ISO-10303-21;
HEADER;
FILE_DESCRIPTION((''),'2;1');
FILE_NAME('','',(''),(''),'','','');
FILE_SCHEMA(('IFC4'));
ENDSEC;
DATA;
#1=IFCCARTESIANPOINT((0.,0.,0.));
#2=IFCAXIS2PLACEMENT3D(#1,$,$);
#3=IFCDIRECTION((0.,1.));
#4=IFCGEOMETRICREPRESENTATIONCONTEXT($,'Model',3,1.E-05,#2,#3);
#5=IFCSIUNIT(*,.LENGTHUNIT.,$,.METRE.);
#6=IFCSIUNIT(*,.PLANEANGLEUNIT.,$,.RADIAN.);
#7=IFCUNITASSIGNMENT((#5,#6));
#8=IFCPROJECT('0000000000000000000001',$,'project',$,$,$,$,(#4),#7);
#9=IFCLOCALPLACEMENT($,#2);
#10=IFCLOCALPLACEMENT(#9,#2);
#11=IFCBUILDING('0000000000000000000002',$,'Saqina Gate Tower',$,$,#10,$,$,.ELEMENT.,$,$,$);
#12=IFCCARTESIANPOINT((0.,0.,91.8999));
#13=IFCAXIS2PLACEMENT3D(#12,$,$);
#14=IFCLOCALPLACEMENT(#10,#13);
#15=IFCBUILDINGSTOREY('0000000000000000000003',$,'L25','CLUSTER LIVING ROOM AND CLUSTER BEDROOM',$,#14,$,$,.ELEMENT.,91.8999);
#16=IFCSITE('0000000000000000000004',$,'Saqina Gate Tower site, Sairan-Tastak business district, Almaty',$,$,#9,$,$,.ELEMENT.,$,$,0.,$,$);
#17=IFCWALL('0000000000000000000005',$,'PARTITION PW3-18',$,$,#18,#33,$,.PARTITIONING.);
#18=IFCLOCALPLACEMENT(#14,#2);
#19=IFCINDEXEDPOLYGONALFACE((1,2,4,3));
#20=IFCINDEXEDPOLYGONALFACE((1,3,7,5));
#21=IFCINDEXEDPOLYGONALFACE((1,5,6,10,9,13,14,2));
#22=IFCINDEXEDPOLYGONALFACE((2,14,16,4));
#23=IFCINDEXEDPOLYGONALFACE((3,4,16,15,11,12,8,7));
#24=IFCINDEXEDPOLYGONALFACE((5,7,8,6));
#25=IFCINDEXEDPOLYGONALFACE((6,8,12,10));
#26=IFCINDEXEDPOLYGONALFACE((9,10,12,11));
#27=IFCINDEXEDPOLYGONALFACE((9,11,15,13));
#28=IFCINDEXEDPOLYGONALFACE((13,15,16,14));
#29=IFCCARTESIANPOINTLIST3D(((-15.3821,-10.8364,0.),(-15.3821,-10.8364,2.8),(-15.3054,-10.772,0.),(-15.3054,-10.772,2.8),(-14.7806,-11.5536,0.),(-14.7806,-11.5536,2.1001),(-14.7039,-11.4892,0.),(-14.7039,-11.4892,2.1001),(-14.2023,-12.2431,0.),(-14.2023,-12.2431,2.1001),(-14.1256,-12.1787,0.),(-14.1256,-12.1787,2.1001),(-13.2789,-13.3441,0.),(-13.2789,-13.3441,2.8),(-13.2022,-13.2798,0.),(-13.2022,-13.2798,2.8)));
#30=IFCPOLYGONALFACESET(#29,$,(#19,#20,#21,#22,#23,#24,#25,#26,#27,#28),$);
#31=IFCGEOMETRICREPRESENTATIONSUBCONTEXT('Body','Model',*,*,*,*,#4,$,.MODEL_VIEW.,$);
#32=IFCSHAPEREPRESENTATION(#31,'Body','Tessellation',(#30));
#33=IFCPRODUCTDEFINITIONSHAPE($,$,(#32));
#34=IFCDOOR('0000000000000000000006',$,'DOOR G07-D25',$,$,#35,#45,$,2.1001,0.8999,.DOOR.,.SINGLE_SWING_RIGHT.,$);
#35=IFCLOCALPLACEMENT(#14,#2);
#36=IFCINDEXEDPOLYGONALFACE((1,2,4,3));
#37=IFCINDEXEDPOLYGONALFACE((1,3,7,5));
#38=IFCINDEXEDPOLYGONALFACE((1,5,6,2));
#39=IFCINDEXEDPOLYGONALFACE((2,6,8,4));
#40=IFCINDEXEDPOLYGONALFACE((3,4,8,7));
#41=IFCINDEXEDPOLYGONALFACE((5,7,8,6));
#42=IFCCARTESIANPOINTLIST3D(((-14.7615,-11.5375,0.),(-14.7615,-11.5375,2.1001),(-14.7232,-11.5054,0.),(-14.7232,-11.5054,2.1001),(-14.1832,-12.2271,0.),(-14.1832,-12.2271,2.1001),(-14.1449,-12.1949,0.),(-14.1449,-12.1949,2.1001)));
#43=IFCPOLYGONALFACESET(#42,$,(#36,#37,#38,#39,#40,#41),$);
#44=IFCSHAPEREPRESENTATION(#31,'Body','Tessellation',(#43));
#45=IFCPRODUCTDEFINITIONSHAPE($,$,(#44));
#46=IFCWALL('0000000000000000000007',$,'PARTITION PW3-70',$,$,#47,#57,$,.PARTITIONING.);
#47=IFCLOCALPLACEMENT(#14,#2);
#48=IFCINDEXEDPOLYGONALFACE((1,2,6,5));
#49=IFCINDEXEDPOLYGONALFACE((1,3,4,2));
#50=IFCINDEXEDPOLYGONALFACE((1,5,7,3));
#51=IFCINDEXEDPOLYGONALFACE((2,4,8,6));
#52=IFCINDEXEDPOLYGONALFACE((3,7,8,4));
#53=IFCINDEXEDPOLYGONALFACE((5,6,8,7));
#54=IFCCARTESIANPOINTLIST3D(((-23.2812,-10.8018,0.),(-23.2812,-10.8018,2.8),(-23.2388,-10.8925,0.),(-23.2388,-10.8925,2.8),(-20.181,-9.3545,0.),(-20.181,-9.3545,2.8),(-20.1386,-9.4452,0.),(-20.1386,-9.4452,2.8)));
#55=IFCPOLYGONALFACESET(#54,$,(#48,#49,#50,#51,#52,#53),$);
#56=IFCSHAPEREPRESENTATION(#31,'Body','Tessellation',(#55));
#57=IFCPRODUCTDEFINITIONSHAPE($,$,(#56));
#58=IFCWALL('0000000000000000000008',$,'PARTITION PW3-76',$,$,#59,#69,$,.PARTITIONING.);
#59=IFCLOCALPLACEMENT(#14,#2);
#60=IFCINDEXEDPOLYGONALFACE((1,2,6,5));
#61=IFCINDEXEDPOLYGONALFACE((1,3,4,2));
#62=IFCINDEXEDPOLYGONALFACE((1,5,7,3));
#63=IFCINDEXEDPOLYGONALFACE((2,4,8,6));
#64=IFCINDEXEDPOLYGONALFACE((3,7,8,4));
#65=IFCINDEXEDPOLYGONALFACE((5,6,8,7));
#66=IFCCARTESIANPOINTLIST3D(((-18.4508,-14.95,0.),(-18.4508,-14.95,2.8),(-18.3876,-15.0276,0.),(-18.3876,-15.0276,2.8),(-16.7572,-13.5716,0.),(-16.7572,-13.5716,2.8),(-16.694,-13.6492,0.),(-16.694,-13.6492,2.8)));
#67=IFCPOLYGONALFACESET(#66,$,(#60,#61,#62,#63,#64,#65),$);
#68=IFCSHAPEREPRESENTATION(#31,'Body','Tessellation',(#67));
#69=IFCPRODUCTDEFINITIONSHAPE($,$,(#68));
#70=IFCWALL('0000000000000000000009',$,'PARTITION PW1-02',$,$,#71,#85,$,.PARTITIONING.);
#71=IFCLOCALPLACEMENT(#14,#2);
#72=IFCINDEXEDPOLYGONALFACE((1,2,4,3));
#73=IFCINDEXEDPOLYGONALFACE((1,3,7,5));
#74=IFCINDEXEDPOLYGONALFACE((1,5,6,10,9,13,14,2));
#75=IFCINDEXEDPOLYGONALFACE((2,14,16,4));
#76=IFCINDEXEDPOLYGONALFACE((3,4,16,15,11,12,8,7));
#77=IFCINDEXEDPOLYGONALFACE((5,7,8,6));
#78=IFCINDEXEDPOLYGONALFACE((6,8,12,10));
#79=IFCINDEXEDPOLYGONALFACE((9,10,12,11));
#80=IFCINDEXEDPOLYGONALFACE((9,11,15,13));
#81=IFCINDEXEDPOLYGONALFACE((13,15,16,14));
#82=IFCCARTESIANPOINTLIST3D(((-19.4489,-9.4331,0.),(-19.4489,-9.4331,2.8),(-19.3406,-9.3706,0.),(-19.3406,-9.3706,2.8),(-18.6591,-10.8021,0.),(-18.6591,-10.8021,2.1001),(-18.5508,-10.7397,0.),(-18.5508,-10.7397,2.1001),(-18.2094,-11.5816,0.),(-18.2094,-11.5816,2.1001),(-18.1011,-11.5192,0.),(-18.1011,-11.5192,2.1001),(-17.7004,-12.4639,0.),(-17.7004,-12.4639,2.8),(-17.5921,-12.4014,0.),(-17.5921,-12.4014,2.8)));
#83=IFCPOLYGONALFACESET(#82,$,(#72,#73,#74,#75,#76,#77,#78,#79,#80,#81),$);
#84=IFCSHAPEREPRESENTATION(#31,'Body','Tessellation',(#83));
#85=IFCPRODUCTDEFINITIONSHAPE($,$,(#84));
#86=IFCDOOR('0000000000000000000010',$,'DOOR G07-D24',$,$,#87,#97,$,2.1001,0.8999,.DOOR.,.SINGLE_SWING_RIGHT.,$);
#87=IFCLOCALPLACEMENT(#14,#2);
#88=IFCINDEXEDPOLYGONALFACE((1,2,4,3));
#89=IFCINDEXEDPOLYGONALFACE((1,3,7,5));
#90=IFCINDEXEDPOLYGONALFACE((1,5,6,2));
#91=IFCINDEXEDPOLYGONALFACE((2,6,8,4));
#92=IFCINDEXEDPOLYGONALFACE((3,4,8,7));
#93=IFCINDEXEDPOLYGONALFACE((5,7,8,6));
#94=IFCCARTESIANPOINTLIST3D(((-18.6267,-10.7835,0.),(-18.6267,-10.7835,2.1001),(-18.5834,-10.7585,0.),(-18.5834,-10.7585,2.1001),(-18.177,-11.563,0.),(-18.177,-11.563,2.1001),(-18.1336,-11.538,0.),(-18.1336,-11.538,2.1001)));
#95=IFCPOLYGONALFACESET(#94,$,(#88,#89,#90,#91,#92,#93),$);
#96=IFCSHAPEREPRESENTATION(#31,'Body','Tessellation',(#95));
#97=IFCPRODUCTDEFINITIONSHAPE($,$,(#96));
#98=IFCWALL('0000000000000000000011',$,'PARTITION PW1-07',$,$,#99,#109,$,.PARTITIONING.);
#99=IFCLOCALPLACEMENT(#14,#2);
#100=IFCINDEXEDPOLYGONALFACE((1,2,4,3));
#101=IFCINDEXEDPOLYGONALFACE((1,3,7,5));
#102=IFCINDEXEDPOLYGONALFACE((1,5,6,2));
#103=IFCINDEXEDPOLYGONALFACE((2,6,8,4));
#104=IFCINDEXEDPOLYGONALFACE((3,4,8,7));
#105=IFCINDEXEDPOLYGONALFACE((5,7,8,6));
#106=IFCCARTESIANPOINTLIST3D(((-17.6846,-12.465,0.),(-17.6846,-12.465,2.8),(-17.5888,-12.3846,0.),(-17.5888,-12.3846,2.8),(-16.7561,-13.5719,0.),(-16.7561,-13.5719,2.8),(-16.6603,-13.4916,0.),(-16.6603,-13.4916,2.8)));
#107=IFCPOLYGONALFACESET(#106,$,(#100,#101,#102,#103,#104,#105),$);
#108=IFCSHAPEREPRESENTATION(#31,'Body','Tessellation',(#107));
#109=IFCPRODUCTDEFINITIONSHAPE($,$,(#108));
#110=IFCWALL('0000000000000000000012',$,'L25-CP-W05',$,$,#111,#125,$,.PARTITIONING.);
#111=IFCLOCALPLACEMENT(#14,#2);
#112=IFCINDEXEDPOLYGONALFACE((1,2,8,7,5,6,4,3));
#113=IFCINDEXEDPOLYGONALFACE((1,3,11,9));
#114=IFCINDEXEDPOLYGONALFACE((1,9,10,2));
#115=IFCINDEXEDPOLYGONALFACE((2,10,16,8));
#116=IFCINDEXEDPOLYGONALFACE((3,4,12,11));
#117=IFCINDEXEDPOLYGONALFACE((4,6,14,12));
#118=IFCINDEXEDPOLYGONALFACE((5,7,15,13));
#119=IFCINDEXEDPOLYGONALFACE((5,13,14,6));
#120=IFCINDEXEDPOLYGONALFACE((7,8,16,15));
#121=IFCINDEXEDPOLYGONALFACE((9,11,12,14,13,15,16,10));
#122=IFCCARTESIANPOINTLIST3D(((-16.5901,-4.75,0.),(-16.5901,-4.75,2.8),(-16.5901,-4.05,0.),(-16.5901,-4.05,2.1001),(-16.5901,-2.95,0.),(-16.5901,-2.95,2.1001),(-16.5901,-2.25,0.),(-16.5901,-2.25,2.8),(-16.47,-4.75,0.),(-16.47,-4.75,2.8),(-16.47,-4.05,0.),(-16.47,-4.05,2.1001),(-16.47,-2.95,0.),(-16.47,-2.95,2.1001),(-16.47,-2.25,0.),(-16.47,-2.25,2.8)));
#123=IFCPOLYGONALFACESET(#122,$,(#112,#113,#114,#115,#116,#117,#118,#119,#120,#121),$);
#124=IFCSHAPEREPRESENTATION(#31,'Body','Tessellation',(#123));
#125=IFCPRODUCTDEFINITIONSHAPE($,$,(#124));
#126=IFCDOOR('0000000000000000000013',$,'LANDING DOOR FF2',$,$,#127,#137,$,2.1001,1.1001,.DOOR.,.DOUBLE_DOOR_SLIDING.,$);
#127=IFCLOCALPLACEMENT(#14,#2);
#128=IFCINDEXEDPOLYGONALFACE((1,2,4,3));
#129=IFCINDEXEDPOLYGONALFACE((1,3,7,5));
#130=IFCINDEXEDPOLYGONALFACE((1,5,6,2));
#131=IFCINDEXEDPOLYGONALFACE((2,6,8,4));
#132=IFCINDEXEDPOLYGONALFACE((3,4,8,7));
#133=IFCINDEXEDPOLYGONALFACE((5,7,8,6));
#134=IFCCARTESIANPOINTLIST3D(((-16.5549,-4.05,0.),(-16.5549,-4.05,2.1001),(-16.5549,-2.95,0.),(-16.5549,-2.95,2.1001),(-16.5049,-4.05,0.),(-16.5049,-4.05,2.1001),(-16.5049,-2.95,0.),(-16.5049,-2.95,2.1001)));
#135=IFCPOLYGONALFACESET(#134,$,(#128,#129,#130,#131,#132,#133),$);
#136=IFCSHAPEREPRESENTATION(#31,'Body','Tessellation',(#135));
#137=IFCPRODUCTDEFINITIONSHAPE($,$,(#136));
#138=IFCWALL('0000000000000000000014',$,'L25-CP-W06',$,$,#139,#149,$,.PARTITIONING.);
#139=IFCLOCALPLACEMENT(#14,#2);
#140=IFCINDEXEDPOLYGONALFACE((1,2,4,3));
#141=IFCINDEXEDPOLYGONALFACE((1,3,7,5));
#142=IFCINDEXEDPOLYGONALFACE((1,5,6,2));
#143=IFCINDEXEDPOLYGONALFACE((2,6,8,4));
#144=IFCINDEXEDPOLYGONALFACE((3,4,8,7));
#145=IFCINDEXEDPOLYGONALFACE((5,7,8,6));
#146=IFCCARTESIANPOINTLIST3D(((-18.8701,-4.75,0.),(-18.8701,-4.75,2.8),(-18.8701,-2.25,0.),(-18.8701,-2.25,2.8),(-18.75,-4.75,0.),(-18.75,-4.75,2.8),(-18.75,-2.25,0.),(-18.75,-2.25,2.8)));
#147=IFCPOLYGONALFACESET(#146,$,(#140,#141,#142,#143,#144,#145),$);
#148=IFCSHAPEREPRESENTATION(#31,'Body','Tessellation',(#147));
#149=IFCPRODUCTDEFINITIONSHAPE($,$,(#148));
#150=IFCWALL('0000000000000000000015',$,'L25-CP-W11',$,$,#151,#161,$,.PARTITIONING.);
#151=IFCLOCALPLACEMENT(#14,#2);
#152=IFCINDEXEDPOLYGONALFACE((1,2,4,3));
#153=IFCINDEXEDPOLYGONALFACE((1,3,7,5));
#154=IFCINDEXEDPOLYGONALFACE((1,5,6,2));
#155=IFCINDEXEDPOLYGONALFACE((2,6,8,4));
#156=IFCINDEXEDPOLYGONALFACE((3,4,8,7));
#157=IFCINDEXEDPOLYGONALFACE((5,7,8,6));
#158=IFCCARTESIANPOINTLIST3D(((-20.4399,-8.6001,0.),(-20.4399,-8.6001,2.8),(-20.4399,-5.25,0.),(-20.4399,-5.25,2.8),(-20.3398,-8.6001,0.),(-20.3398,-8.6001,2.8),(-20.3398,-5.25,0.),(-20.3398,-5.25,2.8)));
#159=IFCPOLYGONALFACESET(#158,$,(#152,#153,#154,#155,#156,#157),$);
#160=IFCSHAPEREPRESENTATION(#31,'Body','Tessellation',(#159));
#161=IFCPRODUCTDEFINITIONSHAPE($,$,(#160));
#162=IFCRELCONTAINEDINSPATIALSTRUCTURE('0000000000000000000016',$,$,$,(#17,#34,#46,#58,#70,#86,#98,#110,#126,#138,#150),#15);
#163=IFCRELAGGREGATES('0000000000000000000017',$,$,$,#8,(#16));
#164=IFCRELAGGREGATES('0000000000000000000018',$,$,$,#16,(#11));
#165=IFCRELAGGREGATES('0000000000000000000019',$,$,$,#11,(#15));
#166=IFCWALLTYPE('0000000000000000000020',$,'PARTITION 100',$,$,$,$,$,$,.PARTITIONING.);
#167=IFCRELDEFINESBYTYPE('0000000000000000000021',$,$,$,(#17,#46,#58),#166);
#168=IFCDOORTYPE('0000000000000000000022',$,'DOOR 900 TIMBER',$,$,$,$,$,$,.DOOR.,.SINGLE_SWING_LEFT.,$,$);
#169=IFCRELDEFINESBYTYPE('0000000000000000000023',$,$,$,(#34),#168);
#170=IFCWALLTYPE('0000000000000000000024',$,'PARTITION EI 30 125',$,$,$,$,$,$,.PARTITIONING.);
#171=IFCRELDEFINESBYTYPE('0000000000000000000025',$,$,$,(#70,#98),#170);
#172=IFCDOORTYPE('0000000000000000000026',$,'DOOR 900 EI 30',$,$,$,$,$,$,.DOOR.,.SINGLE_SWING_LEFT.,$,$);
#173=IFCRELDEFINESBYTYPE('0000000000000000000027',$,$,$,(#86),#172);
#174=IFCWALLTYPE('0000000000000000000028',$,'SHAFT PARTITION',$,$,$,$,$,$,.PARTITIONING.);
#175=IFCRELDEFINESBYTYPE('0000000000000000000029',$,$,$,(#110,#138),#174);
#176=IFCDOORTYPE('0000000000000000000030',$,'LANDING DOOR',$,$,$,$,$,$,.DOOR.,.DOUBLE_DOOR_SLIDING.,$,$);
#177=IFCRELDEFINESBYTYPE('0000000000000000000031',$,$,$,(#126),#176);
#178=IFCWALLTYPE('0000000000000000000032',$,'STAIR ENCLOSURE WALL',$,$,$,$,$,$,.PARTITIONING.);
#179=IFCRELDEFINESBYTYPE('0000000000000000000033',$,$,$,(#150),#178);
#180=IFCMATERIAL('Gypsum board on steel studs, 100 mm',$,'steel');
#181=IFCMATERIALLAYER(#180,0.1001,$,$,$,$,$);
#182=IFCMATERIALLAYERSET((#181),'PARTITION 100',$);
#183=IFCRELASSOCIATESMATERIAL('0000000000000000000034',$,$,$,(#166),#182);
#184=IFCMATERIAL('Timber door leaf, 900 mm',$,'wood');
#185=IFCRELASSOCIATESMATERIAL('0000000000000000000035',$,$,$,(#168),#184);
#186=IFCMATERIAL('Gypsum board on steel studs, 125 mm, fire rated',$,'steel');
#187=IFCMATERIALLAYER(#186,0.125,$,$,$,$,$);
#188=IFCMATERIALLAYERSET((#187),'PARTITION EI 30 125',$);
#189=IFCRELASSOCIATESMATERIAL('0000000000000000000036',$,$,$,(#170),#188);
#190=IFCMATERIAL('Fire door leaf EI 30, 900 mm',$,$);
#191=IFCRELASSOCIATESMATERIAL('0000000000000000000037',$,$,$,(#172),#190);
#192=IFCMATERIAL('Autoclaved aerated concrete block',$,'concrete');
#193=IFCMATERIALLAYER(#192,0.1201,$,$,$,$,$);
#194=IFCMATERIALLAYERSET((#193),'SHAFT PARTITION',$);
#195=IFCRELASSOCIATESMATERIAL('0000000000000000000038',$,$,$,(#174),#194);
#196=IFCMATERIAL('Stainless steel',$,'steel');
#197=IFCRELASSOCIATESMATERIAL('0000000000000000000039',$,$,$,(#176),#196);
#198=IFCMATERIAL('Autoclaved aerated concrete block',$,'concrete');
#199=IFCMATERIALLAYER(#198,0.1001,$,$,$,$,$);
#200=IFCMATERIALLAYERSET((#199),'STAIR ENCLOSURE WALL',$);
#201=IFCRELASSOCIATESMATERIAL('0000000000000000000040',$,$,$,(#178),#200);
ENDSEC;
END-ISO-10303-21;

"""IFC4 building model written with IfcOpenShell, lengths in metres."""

from ifc_helpers import new_model, si_unit, direction, frame, frame_2d, origin, place, context, subcontext, project, spatial, rectangle, extrude, material, layer, layer_set, type_object, element, fill, save


model = new_model("IFC4")

# Units and contexts
model_context = context("Model", 3, precision=1e-05, world=origin(), true_north=direction((0.0, 1.0)))
body_context = subcontext(model_context, "Body", "Model", "MODEL_VIEW")
ifc_project = project(units=[si_unit("LENGTHUNIT", "METRE"), si_unit("PLANEANGLEUNIT", "RADIAN")], contexts=[model_context])

# Site, building, storey
site_placement = place(None, origin())
site = spatial("IfcSite", under=ifc_project, at=site_placement, Name="Saqina Gate Tower site, Sairan-Tastak business district, Almaty", CompositionType="ELEMENT", RefElevation=0.0)
building_placement = place(site_placement, origin())
building = spatial("IfcBuilding", under=site, at=building_placement, Name="Saqina Gate Tower", CompositionType="ELEMENT")
storey_placement = place(building_placement, frame((0.0, 0.0, 91.8999)))
storey = spatial("IfcBuildingStorey", under=building, at=storey_placement, Name="L25", Description="CLUSTER LIVING ROOM AND CLUSTER BEDROOM", CompositionType="ELEMENT", Elevation=91.8999)

# Shared definitions
ifc_material_1 = material(Name="Gypsum board on steel studs, 100 mm", Category="steel")
ifc_layer_1 = layer(ifc_material_1, 0.1001)
ifc_layer_set_1 = layer_set([ifc_layer_1], Name="PARTITION 100")
wall_type_1 = type_object("IfcWallType", Name="PARTITION 100", PredefinedType="PARTITIONING", material=ifc_layer_set_1)

# Wall, opening, door
wall_1_placement = place(storey_placement, frame((-15.3438, -10.8042, 0.0), z_axis=(0.0, 0.0, 1.0), x_axis=(0.642602, -0.7662, 0.0)))
wall_1 = element("IfcWall", 1, at=wall_1_placement, inside=storey, type_object=wall_type_1, Name="PARTITION PW3-18", PredefinedType="PARTITIONING", context=body_context, shape_type="SweptSolid", body=[
    extrude(rectangle(XDim=3.2729, YDim=0.1001, at=frame_2d((1.6365, 0.0))), origin(), (0.0, 0.0, 1.0), 2.8),
])
opening_1_placement = place(wall_1_placement, frame((0.936, 0.0, 0.0)))
opening_1 = element("IfcOpeningElement", 2, at=opening_1_placement, cuts=wall_1, PredefinedType="OPENING", context=body_context, shape_type="SweptSolid", body=[
    extrude(rectangle(XDim=0.8999, YDim=2.1001, at=frame_2d((0.45, 1.05))), frame((0.0, 0.062, 0.0), z_axis=(0.0, -1.0, 0.0), x_axis=(1.0, 0.0, 0.0)), (0.0, 0.0, 1.0), 0.124),
])
ifc_material_2 = material(Name="Timber door leaf, 900 mm", Category="wood")
door_type_1 = type_object("IfcDoorType", Name="DOOR 900 TIMBER", OperationType="SINGLE_SWING_LEFT", PredefinedType="DOOR", material=ifc_material_2)
door_1_placement = place(opening_1_placement, origin())
door_1 = element("IfcDoor", 3, at=door_1_placement, inside=storey, type_object=door_type_1, Name="DOOR G07-D25", OperationType="SINGLE_SWING_RIGHT", OverallHeight=2.1001, OverallWidth=0.8999, PredefinedType="DOOR", context=body_context, shape_type="SweptSolid", body=[
    extrude(rectangle(XDim=0.8999, YDim=2.1001, at=frame_2d((0.45, 1.05))), frame((0.0, 0.0249, 0.0), z_axis=(0.0, -1.0, 0.0), x_axis=(1.0, 0.0, 0.0)), (0.0, 0.0, 1.0), 0.05),
])
fill(opening_1, door_1)

# Walls
wall_2_placement = place(storey_placement, frame((-23.26, -10.8472, 0.0), z_axis=(0.0, 0.0, 1.0), x_axis=(0.906121, 0.423018, 0.0)))
element("IfcWall", 4, at=wall_2_placement, inside=storey, type_object=wall_type_1, Name="PARTITION PW3-70", PredefinedType="PARTITIONING", context=body_context, shape_type="SweptSolid", body=[
    extrude(rectangle(XDim=3.4214, YDim=0.1001, at=frame_2d((1.7107, 0.0))), origin(), (0.0, 0.0, 1.0), 2.8),
])
wall_3_placement = place(storey_placement, frame((-18.4192, -14.9888, 0.0), z_axis=(0.0, 0.0, 1.0), x_axis=(0.775584, 0.631245, 0.0)))
element("IfcWall", 5, at=wall_3_placement, inside=storey, type_object=wall_type_1, Name="PARTITION PW3-76", PredefinedType="PARTITIONING", context=body_context, shape_type="SweptSolid", body=[
    extrude(rectangle(XDim=2.1836, YDim=0.1001, at=frame_2d((1.0918, 0.0))), origin(), (0.0, 0.0, 1.0), 2.8),
])

# Wall, opening, door
ifc_material_3 = material(Name="Gypsum board on steel studs, 125 mm, fire rated", Category="steel")
ifc_layer_2 = layer(ifc_material_3, 0.125)
ifc_layer_set_2 = layer_set([ifc_layer_2], Name="PARTITION EI 30 125")
wall_type_2 = type_object("IfcWallType", Name="PARTITION EI 30 125", PredefinedType="PARTITIONING", material=ifc_layer_set_2)
wall_4_placement = place(storey_placement, frame((-19.3948, -9.4019, 0.0), z_axis=(0.0, 0.0, 1.0), x_axis=(0.499726, -0.866183, 0.0)))
wall_4 = element("IfcWall", 6, at=wall_4_placement, inside=storey, type_object=wall_type_2, Name="PARTITION PW1-02", PredefinedType="PARTITIONING", context=body_context, shape_type="SweptSolid", body=[
    extrude(rectangle(XDim=3.499, YDim=0.125, at=frame_2d((1.7495, 0.0))), origin(), (0.0, 0.0, 1.0), 2.8),
])
opening_2_placement = place(wall_4_placement, frame((1.5806, 0.0, 0.0)))
opening_2 = element("IfcOpeningElement", 7, at=opening_2_placement, cuts=wall_4, PredefinedType="OPENING", context=body_context, shape_type="SweptSolid", body=[
    extrude(rectangle(XDim=0.8999, YDim=2.1001, at=frame_2d((0.45, 1.05))), frame((0.0, 0.0745, 0.0), z_axis=(0.0, -1.0, 0.0), x_axis=(1.0, 0.0, 0.0)), (0.0, 0.0, 1.0), 0.1489),
])
ifc_material_4 = material(Name="Fire door leaf EI 30, 900 mm")
door_type_2 = type_object("IfcDoorType", Name="DOOR 900 EI 30", OperationType="SINGLE_SWING_LEFT", PredefinedType="DOOR", material=ifc_material_4)
door_2_placement = place(opening_2_placement, origin())
door_2 = element("IfcDoor", 8, at=door_2_placement, inside=storey, type_object=door_type_2, Name="DOOR G07-D24", OperationType="SINGLE_SWING_RIGHT", OverallHeight=2.1001, OverallWidth=0.8999, PredefinedType="DOOR", context=body_context, shape_type="SweptSolid", body=[
    extrude(rectangle(XDim=0.8999, YDim=2.1001, at=frame_2d((0.45, 1.05))), frame((0.0, 0.0249, 0.0), z_axis=(0.0, -1.0, 0.0), x_axis=(1.0, 0.0, 0.0)), (0.0, 0.0, 1.0), 0.05),
])
fill(opening_2, door_2)

# Wall
wall_5_placement = place(storey_placement, frame((-17.6367, -12.4248, 0.0), z_axis=(0.0, 0.0, 1.0), x_axis=(0.642641, -0.766167, 0.0)))
element("IfcWall", 9, at=wall_5_placement, inside=storey, type_object=wall_type_2, Name="PARTITION PW1-07", PredefinedType="PARTITIONING", context=body_context, shape_type="SweptSolid", body=[
    extrude(rectangle(XDim=1.4448, YDim=0.125, at=frame_2d((0.7224, 0.0))), origin(), (0.0, 0.0, 1.0), 2.8),
])

# Wall, opening, door
ifc_material_5 = material(Name="Autoclaved aerated concrete block", Category="concrete")
ifc_layer_3 = layer(ifc_material_5, 0.1201)
ifc_layer_set_3 = layer_set([ifc_layer_3], Name="SHAFT PARTITION")
wall_type_3 = type_object("IfcWallType", Name="SHAFT PARTITION", PredefinedType="PARTITIONING", material=ifc_layer_set_3)
wall_6_placement = place(storey_placement, frame((-16.53, -4.75, 0.0), z_axis=(0.0, 0.0, 1.0), x_axis=(0.0, 1.0, 0.0)))
wall_6 = element("IfcWall", 10, at=wall_6_placement, inside=storey, type_object=wall_type_3, Name="L25-CP-W05", PredefinedType="PARTITIONING", context=body_context, shape_type="SweptSolid", body=[
    extrude(rectangle(XDim=2.5, YDim=0.1201, at=frame_2d((1.25, 0.0))), origin(), (0.0, 0.0, 1.0), 2.8),
])
opening_3_placement = place(wall_6_placement, frame((0.7, 0.0, 0.0)))
opening_3 = element("IfcOpeningElement", 11, at=opening_3_placement, cuts=wall_6, PredefinedType="OPENING", context=body_context, shape_type="SweptSolid", body=[
    extrude(rectangle(XDim=1.1001, YDim=2.1001, at=frame_2d((0.55, 1.05))), frame((0.0, 0.072, 0.0), z_axis=(0.0, -1.0, 0.0), x_axis=(1.0, 0.0, 0.0)), (0.0, 0.0, 1.0), 0.144),
])
ifc_material_6 = material(Name="Stainless steel", Category="steel")
door_type_3 = type_object("IfcDoorType", Name="LANDING DOOR", OperationType="DOUBLE_DOOR_SLIDING", PredefinedType="DOOR", material=ifc_material_6)
door_3_placement = place(opening_3_placement, origin())
door_3 = element("IfcDoor", 12, at=door_3_placement, inside=storey, type_object=door_type_3, Name="LANDING DOOR FF2", OperationType="DOUBLE_DOOR_SLIDING", OverallHeight=2.1001, OverallWidth=1.1001, PredefinedType="DOOR", context=body_context, shape_type="SweptSolid", body=[
    extrude(rectangle(XDim=1.1001, YDim=2.1001, at=frame_2d((0.55, 1.05))), frame((0.0, 0.0249, 0.0), z_axis=(0.0, -1.0, 0.0), x_axis=(1.0, 0.0, 0.0)), (0.0, 0.0, 1.0), 0.05),
])
fill(opening_3, door_3)

# Walls
wall_7_placement = place(storey_placement, frame((-18.8101, -4.75, 0.0), z_axis=(0.0, 0.0, 1.0), x_axis=(0.0, 1.0, 0.0)))
element("IfcWall", 13, at=wall_7_placement, inside=storey, type_object=wall_type_3, Name="L25-CP-W06", PredefinedType="PARTITIONING", context=body_context, shape_type="SweptSolid", body=[
    extrude(rectangle(XDim=2.5, YDim=0.1201, at=frame_2d((1.25, 0.0))), origin(), (0.0, 0.0, 1.0), 2.8),
])
ifc_material_7 = material(Name="Autoclaved aerated concrete block", Category="concrete")
ifc_layer_4 = layer(ifc_material_7, 0.1001)
ifc_layer_set_4 = layer_set([ifc_layer_4], Name="STAIR ENCLOSURE WALL")
wall_type_4 = type_object("IfcWallType", Name="STAIR ENCLOSURE WALL", PredefinedType="PARTITIONING", material=ifc_layer_set_4)
wall_8_placement = place(storey_placement, frame((-20.3899, -8.6001, 0.0), z_axis=(0.0, 0.0, 1.0), x_axis=(0.0, 1.0, 0.0)))
element("IfcWall", 14, at=wall_8_placement, inside=storey, type_object=wall_type_4, Name="L25-CP-W11", PredefinedType="PARTITIONING", context=body_context, shape_type="SweptSolid", body=[
    extrude(rectangle(XDim=3.3501, YDim=0.1001, at=frame_2d((1.675, 0.0))), origin(), (0.0, 0.0, 1.0), 2.8),
])

save(model, "model.ifc")
